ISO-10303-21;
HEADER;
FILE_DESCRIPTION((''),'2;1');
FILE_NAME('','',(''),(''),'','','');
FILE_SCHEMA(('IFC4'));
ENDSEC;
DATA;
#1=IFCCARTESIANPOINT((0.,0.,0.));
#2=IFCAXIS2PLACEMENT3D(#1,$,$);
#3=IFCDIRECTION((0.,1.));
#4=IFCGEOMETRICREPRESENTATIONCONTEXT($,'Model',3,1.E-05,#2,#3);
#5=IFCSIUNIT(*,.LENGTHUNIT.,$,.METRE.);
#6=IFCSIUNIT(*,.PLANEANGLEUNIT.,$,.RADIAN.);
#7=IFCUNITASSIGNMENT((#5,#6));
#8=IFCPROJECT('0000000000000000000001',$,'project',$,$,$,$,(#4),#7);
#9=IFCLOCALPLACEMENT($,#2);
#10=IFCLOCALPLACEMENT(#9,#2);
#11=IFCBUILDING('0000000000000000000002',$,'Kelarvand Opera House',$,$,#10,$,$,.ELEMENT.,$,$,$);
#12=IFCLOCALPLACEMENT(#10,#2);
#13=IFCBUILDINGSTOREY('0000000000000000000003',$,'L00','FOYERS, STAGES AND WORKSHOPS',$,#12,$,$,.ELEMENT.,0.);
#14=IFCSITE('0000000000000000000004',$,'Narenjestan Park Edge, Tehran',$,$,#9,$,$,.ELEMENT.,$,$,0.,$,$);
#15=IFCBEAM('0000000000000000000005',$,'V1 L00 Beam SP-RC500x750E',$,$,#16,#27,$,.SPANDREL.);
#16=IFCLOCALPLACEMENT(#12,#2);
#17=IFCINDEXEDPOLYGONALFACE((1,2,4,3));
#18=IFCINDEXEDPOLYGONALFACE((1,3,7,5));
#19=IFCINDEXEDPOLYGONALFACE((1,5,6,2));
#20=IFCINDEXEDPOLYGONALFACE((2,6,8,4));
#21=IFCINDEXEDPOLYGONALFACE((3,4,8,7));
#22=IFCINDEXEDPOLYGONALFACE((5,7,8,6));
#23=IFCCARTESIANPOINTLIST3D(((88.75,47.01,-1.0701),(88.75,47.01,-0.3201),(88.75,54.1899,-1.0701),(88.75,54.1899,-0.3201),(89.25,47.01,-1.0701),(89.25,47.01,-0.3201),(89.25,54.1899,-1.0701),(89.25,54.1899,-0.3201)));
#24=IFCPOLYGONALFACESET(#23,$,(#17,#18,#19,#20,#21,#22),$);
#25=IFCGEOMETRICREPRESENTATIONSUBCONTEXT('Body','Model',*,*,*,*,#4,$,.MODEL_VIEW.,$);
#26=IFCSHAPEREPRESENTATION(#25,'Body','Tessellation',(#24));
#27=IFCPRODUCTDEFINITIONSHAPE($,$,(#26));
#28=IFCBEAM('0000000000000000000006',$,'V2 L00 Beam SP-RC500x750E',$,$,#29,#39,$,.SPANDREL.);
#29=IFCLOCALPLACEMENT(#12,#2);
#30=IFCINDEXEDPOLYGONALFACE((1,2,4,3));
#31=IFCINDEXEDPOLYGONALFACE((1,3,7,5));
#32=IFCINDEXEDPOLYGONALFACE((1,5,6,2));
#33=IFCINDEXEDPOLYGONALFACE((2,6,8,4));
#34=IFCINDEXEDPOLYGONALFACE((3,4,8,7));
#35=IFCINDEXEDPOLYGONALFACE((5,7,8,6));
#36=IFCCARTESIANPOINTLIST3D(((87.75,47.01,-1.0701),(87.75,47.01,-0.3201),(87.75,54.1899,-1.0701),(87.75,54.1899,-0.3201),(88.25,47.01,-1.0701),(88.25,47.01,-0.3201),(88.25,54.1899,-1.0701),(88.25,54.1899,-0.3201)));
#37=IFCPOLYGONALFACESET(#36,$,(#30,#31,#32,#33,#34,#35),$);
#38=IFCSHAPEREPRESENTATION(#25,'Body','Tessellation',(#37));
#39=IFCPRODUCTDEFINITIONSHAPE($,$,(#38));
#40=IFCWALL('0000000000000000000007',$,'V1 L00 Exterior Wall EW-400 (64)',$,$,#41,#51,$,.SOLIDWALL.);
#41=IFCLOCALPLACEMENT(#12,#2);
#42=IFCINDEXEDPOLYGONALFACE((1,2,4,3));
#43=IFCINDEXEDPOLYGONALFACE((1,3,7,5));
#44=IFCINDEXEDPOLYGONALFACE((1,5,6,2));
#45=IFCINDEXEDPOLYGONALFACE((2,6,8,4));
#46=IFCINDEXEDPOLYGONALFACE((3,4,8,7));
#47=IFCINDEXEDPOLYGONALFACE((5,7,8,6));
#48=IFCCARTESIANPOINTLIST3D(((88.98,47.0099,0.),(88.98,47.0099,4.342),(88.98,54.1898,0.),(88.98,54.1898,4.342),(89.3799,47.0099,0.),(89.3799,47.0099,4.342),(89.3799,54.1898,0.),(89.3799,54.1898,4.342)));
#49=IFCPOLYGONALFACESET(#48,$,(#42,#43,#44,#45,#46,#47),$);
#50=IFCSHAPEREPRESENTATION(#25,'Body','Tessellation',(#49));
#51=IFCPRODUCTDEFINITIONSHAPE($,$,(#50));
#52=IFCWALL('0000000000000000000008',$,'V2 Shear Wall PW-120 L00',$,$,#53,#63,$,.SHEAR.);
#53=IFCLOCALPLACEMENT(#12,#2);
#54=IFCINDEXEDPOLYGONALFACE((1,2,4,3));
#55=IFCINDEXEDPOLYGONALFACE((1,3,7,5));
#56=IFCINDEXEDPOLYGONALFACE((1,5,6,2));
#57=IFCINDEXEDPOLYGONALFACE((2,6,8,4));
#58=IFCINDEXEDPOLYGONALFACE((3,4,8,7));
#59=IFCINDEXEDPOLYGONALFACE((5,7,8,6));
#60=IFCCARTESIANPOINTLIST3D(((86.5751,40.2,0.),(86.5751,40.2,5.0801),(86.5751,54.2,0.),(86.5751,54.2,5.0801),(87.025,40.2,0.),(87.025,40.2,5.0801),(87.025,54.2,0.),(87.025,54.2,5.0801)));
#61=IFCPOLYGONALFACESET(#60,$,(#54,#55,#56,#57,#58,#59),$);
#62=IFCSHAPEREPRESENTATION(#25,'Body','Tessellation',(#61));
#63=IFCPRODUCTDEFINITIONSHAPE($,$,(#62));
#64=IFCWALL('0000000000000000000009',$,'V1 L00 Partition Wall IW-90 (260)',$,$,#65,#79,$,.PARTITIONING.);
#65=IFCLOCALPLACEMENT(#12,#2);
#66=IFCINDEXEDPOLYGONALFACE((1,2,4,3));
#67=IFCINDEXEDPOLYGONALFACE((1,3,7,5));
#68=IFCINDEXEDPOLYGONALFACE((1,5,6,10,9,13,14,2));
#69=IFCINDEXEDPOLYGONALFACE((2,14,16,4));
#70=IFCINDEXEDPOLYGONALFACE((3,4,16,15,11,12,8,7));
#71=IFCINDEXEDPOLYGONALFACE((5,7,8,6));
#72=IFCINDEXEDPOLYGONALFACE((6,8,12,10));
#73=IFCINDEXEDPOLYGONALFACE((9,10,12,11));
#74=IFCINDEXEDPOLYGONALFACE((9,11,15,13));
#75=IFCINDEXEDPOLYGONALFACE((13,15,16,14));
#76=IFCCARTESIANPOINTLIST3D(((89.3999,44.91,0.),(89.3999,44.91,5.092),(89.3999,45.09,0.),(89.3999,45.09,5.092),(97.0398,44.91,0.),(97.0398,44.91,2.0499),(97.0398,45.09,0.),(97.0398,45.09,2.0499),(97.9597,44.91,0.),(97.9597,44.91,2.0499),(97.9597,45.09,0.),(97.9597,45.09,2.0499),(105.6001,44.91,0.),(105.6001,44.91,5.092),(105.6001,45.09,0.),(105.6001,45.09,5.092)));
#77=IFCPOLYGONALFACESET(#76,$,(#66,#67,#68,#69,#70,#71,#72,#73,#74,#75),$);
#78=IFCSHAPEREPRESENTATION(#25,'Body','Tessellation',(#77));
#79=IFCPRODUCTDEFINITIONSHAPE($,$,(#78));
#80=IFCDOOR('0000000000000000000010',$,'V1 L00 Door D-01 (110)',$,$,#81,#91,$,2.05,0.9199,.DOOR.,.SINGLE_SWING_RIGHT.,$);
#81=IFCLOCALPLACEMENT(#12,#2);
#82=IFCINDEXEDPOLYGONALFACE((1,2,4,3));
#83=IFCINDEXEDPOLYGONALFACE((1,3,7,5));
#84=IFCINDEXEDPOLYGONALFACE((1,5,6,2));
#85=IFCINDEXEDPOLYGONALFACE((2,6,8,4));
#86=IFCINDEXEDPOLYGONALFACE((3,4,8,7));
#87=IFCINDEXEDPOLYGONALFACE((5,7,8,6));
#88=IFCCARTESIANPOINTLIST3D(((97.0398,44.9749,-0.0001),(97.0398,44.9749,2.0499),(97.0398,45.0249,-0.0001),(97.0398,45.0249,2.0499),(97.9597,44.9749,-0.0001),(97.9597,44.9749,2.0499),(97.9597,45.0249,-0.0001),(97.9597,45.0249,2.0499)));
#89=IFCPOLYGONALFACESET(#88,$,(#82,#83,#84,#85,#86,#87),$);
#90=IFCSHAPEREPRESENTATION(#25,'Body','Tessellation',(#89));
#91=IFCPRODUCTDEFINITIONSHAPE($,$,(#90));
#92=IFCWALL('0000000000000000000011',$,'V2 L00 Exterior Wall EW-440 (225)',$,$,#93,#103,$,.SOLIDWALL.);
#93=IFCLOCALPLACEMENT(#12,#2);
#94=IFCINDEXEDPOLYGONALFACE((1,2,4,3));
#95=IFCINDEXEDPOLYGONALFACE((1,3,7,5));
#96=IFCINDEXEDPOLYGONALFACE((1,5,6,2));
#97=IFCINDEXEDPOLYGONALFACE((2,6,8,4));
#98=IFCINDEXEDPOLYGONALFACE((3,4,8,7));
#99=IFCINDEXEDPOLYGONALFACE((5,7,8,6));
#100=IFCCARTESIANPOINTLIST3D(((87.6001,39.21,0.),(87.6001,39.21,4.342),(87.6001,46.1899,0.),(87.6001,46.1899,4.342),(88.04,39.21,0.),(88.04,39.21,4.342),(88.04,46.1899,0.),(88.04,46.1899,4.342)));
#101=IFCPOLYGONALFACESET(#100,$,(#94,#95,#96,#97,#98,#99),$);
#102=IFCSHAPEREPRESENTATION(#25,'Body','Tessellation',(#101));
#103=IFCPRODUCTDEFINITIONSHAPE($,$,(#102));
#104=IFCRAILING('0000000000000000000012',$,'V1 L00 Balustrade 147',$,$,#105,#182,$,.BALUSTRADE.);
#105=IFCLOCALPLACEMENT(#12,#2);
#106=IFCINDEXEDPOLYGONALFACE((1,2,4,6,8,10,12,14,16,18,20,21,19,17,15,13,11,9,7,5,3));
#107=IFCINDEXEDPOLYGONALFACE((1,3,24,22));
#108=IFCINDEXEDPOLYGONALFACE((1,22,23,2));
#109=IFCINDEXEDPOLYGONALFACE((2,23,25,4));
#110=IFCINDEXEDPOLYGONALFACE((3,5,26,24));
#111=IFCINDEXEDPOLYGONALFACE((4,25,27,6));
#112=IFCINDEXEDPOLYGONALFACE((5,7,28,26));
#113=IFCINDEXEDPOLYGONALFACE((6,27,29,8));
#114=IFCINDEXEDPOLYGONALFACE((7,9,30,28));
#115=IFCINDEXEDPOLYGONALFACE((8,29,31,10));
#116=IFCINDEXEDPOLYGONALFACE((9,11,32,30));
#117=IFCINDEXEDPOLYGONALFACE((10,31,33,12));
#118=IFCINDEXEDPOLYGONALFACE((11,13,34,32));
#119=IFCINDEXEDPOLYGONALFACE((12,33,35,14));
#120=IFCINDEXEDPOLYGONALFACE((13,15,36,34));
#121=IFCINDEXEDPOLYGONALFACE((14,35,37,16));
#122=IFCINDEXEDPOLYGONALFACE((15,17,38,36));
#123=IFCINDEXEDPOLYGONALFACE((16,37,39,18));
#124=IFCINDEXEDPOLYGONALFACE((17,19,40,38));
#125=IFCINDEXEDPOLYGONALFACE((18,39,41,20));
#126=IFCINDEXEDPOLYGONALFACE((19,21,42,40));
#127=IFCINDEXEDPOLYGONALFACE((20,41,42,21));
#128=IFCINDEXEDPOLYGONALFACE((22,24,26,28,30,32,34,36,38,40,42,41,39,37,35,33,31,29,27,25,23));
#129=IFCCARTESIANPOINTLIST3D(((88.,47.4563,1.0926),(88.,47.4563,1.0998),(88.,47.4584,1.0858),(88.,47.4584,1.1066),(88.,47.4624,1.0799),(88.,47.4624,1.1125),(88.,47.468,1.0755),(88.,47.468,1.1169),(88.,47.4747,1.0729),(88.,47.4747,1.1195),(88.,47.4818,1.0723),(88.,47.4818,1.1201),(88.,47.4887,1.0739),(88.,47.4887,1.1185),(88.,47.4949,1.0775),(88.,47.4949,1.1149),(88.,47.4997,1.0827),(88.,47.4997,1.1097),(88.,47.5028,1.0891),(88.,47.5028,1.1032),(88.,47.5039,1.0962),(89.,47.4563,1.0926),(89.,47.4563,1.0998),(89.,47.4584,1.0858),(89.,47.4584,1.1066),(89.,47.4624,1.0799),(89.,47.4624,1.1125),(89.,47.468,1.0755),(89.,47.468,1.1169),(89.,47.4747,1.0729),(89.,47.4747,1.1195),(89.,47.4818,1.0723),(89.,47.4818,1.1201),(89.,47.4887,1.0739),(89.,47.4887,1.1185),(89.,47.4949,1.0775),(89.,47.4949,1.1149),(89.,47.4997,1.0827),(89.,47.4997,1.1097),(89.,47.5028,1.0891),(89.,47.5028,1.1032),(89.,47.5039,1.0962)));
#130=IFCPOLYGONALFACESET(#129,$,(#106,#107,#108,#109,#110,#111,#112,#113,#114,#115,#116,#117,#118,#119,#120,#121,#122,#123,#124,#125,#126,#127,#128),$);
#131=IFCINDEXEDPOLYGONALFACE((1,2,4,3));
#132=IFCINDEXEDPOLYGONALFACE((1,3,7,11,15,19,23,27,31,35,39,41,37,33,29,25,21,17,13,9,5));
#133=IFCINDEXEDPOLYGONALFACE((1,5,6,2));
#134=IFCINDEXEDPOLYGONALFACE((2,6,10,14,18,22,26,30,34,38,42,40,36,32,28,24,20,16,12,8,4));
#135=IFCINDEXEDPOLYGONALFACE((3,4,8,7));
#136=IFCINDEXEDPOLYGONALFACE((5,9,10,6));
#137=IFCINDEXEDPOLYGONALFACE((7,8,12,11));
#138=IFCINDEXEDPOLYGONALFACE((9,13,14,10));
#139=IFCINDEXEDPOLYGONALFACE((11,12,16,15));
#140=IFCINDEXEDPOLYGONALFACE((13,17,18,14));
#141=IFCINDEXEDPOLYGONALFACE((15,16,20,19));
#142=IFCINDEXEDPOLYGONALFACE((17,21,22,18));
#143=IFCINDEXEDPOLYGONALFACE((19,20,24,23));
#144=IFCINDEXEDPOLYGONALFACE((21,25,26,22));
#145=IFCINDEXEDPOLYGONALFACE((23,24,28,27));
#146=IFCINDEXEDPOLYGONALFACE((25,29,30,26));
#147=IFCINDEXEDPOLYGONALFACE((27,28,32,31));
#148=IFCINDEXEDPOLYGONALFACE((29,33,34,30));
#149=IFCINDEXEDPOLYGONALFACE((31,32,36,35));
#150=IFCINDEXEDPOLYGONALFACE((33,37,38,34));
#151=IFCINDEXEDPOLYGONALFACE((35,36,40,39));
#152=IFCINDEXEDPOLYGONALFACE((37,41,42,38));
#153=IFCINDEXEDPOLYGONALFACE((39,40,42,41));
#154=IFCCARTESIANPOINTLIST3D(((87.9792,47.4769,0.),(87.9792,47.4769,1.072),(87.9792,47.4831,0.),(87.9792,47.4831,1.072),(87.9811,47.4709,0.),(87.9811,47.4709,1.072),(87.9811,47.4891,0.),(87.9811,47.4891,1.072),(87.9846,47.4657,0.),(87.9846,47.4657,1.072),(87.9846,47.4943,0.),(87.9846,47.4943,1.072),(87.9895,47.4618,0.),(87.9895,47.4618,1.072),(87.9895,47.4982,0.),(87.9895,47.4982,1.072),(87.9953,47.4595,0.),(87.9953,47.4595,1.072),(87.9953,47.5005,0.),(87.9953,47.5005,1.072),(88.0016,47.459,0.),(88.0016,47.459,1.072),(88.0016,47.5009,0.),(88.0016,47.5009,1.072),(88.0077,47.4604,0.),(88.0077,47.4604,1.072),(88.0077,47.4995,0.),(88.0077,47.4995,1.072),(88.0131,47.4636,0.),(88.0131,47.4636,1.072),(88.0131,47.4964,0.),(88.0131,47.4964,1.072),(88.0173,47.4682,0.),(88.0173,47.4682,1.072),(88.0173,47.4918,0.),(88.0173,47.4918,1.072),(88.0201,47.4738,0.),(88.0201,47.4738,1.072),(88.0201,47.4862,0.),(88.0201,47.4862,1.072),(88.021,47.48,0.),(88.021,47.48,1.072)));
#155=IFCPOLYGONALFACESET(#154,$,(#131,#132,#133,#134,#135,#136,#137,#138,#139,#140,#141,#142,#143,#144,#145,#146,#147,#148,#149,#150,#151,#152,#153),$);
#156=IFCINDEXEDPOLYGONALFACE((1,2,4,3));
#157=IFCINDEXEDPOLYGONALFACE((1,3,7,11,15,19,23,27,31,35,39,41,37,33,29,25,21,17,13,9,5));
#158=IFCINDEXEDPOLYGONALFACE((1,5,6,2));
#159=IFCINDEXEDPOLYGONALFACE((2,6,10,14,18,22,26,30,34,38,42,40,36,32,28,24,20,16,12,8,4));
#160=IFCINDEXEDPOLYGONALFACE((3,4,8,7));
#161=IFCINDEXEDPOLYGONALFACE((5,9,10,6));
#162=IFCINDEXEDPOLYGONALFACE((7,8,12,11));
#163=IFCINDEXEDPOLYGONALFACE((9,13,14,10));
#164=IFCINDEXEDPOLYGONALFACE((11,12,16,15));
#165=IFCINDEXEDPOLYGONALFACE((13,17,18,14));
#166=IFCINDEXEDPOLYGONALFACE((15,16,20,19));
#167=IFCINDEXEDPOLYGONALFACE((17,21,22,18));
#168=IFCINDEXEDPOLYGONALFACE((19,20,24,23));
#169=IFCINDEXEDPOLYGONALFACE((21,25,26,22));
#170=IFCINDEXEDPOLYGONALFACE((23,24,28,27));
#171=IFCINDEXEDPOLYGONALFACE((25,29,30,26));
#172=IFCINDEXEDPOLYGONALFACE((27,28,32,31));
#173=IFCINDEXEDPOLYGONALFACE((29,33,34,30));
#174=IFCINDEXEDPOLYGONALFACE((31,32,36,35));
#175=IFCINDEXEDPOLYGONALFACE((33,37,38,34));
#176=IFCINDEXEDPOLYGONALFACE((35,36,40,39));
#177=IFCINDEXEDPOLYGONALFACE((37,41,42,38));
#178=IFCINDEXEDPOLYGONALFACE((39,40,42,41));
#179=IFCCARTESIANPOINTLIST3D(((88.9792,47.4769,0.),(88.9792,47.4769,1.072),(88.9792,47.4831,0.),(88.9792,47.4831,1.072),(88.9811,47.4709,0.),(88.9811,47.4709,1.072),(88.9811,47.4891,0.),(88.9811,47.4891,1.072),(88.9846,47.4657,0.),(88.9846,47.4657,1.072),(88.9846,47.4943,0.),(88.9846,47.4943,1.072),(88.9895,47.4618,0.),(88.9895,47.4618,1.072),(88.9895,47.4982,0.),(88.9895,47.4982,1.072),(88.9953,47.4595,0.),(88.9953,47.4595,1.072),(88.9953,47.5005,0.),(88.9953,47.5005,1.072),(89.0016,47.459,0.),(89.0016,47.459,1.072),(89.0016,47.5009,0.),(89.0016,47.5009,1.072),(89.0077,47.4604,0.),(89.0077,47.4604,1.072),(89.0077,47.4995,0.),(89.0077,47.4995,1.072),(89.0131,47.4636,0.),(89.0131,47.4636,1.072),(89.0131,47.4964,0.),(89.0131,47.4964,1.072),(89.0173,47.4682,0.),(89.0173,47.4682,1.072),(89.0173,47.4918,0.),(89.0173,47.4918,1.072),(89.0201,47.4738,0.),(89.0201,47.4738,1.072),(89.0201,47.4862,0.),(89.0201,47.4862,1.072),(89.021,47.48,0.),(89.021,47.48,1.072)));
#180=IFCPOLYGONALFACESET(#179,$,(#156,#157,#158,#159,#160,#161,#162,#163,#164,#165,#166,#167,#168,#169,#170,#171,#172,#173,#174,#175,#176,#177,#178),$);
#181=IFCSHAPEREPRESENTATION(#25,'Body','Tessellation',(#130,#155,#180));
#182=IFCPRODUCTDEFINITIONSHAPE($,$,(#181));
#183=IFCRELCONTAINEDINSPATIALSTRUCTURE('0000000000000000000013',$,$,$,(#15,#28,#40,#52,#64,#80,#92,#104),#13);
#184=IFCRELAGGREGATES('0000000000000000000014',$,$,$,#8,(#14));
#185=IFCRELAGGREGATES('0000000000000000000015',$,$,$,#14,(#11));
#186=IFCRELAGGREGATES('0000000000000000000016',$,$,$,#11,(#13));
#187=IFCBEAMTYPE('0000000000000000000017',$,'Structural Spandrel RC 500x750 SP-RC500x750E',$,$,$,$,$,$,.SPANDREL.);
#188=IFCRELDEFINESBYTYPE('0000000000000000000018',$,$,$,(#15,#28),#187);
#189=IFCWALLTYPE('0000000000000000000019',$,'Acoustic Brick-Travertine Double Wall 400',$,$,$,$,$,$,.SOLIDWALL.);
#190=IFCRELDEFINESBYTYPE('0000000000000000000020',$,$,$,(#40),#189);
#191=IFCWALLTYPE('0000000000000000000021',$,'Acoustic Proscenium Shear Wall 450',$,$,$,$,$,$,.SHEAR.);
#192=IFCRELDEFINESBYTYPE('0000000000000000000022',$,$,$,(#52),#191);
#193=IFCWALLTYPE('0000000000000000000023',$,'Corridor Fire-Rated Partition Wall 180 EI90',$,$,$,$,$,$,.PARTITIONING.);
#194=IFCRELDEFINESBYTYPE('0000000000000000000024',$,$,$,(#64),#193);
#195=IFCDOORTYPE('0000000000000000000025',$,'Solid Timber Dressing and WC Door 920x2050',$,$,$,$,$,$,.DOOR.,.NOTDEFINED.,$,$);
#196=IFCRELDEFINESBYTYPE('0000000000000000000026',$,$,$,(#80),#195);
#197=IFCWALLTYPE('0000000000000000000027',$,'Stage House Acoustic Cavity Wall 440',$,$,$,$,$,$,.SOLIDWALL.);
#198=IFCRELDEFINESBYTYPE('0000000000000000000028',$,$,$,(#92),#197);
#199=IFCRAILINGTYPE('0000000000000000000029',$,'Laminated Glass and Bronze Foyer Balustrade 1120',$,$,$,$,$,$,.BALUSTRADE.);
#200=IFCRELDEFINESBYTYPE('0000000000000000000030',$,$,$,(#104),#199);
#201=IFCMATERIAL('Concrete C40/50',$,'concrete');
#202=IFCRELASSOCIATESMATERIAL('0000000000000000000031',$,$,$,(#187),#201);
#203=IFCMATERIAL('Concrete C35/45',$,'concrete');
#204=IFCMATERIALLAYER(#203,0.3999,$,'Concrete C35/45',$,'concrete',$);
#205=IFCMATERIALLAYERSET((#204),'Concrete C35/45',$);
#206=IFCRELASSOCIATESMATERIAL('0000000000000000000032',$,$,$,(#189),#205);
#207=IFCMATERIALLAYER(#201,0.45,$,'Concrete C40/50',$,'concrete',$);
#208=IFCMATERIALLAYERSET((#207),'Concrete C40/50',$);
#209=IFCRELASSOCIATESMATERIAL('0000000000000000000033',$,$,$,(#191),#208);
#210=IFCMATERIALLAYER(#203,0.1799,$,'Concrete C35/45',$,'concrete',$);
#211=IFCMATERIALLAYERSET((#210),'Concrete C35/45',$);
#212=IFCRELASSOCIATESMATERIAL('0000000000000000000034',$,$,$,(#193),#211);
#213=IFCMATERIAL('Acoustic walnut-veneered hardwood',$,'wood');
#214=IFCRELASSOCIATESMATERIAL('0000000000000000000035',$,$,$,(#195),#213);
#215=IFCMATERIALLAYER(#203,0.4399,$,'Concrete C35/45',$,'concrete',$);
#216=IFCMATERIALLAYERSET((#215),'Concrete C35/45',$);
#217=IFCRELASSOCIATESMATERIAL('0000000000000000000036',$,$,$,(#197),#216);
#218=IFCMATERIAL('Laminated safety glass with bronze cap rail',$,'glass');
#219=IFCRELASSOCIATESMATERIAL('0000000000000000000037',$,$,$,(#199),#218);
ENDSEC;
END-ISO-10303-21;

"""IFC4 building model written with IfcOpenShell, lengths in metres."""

from ifc_helpers import new_model, si_unit, direction, frame, frame_2d, origin, origin_2d, place, context, subcontext, project, spatial, rectangle, circle, extrude, material, layer, layer_set, material_profile, profile_set, type_object, element, fill, save


model = new_model("IFC4")

# Units and contexts
model_context = context("Model", 3, precision=1e-05, world=origin(), true_north=direction((0.0, 1.0)))
body_context = subcontext(model_context, "Body", "Model", "MODEL_VIEW")
ifc_project = project(units=[si_unit("LENGTHUNIT", "METRE"), si_unit("PLANEANGLEUNIT", "RADIAN")], contexts=[model_context])

# Site, building, storey
site_placement = place(None, origin())
site = spatial("IfcSite", under=ifc_project, at=site_placement, Name="Narenjestan Park Edge, Tehran", CompositionType="ELEMENT", RefElevation=0.0)
building_placement = place(site_placement, origin())
building = spatial("IfcBuilding", under=site, at=building_placement, Name="Kelarvand Opera House", CompositionType="ELEMENT")
storey_placement = place(building_placement, origin())
storey = spatial("IfcBuildingStorey", under=building, at=storey_placement, Name="L00", Description="FOYERS, STAGES AND WORKSHOPS", CompositionType="ELEMENT", Elevation=0.0)

# Shared definitions
ifc_material_1 = material(Name="Concrete C40/50", Category="concrete")

# Beams
ifc_material_profile_1 = material_profile(ifc_material_1, rectangle(XDim=0.5, YDim=0.75, at=origin_2d()), Name="RC 500x750", Category="concrete")
ifc_profile_set_1 = profile_set([ifc_material_profile_1], Name="Concrete C40/50")
beam_type_1 = type_object("IfcBeamType", Name="Structural Spandrel RC 500x750 SP-RC500x750E", PredefinedType="SPANDREL", material=ifc_profile_set_1)
for number, where, z_axis, x_axis, name in (
    (1, (89.0, 47.01, -0.6951), (0.0, 1.0, 0.0), (-1.0, 0.0, 0.0), "V1 L00 Beam SP-RC500x750E"),
    (2, (88.0, 47.01, -0.6951), (0.0, 1.0, 0.0), (-1.0, 0.0, 0.0), "V2 L00 Beam SP-RC500x750E"),
):
    element("IfcBeam", number, at=place(storey_placement, frame(where, z_axis=z_axis, x_axis=x_axis)), inside=storey, type_object=beam_type_1, Name=name, PredefinedType="SPANDREL", context=body_context, shape_type="SweptSolid", body=[
        extrude(rectangle(XDim=0.5, YDim=0.75, at=origin_2d()), origin(), (0.0, 0.0, 1.0), 7.1799),
    ])

# Walls
ifc_material_2 = material(Name="Concrete C35/45", Category="concrete")
ifc_layer_1 = layer(ifc_material_2, 0.3999, Name="Concrete C35/45", Category="concrete")
ifc_layer_set_1 = layer_set([ifc_layer_1], Name="Concrete C35/45")
wall_type_1 = type_object("IfcWallType", Name="Acoustic Brick-Travertine Double Wall 400", PredefinedType="SOLIDWALL", material=ifc_layer_set_1)
wall_1_placement = place(storey_placement, frame((89.1799, 47.01, 0.0), z_axis=(0.0, 0.0, 1.0), x_axis=(0.0, 1.0, 0.0)))
element("IfcWall", 3, at=wall_1_placement, inside=storey, type_object=wall_type_1, Name="V1 L00 Exterior Wall EW-400 (64)", PredefinedType="SOLIDWALL", context=body_context, shape_type="SweptSolid", body=[
    extrude(rectangle(XDim=7.1799, YDim=0.3999, at=frame_2d((3.5898, 0.0))), origin(), (0.0, 0.0, 1.0), 4.342),
])
ifc_layer_2 = layer(ifc_material_1, 0.45, Name="Concrete C40/50", Category="concrete")
ifc_layer_set_2 = layer_set([ifc_layer_2], Name="Concrete C40/50")
wall_type_2 = type_object("IfcWallType", Name="Acoustic Proscenium Shear Wall 450", PredefinedType="SHEAR", material=ifc_layer_set_2)
wall_2_placement = place(storey_placement, frame((86.8, 40.2, 0.0), z_axis=(0.0, 0.0, 1.0), x_axis=(0.0, 1.0, 0.0)))
element("IfcWall", 4, at=wall_2_placement, inside=storey, type_object=wall_type_2, Name="V2 Shear Wall PW-120 L00", PredefinedType="SHEAR", context=body_context, shape_type="SweptSolid", body=[
    extrude(rectangle(XDim=14.0, YDim=0.45, at=frame_2d((7.0, 0.0))), origin(), (0.0, 0.0, 1.0), 5.0801),
])

# Wall, opening, door
ifc_layer_3 = layer(ifc_material_2, 0.1799, Name="Concrete C35/45", Category="concrete")
ifc_layer_set_3 = layer_set([ifc_layer_3], Name="Concrete C35/45")
wall_type_3 = type_object("IfcWallType", Name="Corridor Fire-Rated Partition Wall 180 EI90", PredefinedType="PARTITIONING", material=ifc_layer_set_3)
wall_3_placement = place(storey_placement, frame((89.3999, 45.0, 0.0), z_axis=(0.0, 0.0, 1.0), x_axis=(1.0, 0.0, 0.0)))
wall_3 = element("IfcWall", 5, at=wall_3_placement, inside=storey, type_object=wall_type_3, Name="V1 L00 Partition Wall IW-90 (260)", PredefinedType="PARTITIONING", context=body_context, shape_type="SweptSolid", body=[
    extrude(rectangle(XDim=16.2002, YDim=0.1799, at=frame_2d((8.1001, 0.0))), origin(), (0.0, 0.0, 1.0), 5.092),
])
opening_placement = place(wall_3_placement, frame((7.6399, 0.0, 0.0)))
opening = element("IfcOpeningElement", 6, at=opening_placement, cuts=wall_3, PredefinedType="OPENING", context=body_context, shape_type="SweptSolid", body=[
    extrude(rectangle(XDim=0.9199, YDim=2.05, at=frame_2d((0.46, 1.0249))), frame((0.0, 0.1001, 0.0), z_axis=(0.0, -1.0, 0.0), x_axis=(1.0, 0.0, 0.0)), (0.0, 0.0, 1.0), 0.2),
])
ifc_material_3 = material(Name="Acoustic walnut-veneered hardwood", Category="wood")
door_type = type_object("IfcDoorType", Name="Solid Timber Dressing and WC Door 920x2050", OperationType="NOTDEFINED", PredefinedType="DOOR", material=ifc_material_3)
door_placement = place(opening_placement, origin())
door = element("IfcDoor", 7, at=door_placement, inside=storey, type_object=door_type, Name="V1 L00 Door D-01 (110)", OperationType="SINGLE_SWING_RIGHT", OverallHeight=2.05, OverallWidth=0.9199, PredefinedType="DOOR", context=body_context, shape_type="SweptSolid", body=[
    extrude(rectangle(XDim=0.9199, YDim=2.05, at=frame_2d((0.46, 1.0249))), frame((0.0, 0.0249, 0.0), z_axis=(0.0, -1.0, 0.0), x_axis=(1.0, 0.0, 0.0)), (0.0, 0.0, 1.0), 0.05),
])
fill(opening, door)

# Wall
ifc_layer_4 = layer(ifc_material_2, 0.4399, Name="Concrete C35/45", Category="concrete")
ifc_layer_set_4 = layer_set([ifc_layer_4], Name="Concrete C35/45")
wall_type_4 = type_object("IfcWallType", Name="Stage House Acoustic Cavity Wall 440", PredefinedType="SOLIDWALL", material=ifc_layer_set_4)
wall_4_placement = place(storey_placement, frame((87.8201, 46.1899, 0.0), z_axis=(0.0, 0.0, 1.0), x_axis=(0.0, -1.0, 0.0)))
element("IfcWall", 8, at=wall_4_placement, inside=storey, type_object=wall_type_4, Name="V2 L00 Exterior Wall EW-440 (225)", PredefinedType="SOLIDWALL", context=body_context, shape_type="SweptSolid", body=[
    extrude(rectangle(XDim=6.98, YDim=0.4399, at=frame_2d((3.49, 0.0))), origin(), (0.0, 0.0, 1.0), 4.342),
])

# Railing
ifc_material_4 = material(Name="Laminated safety glass with bronze cap rail", Category="glass")
railing_type = type_object("IfcRailingType", Name="Laminated Glass and Bronze Foyer Balustrade 1120", PredefinedType="BALUSTRADE", material=ifc_material_4)
railing_placement = place(storey_placement, frame((88.0, 47.48, 0.0)))
element("IfcRailing", 9, at=railing_placement, inside=storey, type_object=railing_type, Name="V1 L00 Balustrade 147", PredefinedType="BALUSTRADE", context=body_context, shape_type="SweptSolid", body=[
    extrude(circle(Radius=0.0239, at=origin_2d()), frame((0.0, 0.0, 1.0962), z_axis=(1.0, 0.0, 0.0), x_axis=(0.0, 1.0, 0.0)), (0.0, 0.0, 1.0), 1.0),
    extrude(circle(Radius=0.021, at=origin_2d()), origin(), (0.0, 0.0, 1.0), 1.072),
    extrude(circle(Radius=0.021, at=origin_2d()), frame((1.0, 0.0, 0.0)), (0.0, 0.0, 1.0), 1.072),
])

save(model, "model.ifc")
